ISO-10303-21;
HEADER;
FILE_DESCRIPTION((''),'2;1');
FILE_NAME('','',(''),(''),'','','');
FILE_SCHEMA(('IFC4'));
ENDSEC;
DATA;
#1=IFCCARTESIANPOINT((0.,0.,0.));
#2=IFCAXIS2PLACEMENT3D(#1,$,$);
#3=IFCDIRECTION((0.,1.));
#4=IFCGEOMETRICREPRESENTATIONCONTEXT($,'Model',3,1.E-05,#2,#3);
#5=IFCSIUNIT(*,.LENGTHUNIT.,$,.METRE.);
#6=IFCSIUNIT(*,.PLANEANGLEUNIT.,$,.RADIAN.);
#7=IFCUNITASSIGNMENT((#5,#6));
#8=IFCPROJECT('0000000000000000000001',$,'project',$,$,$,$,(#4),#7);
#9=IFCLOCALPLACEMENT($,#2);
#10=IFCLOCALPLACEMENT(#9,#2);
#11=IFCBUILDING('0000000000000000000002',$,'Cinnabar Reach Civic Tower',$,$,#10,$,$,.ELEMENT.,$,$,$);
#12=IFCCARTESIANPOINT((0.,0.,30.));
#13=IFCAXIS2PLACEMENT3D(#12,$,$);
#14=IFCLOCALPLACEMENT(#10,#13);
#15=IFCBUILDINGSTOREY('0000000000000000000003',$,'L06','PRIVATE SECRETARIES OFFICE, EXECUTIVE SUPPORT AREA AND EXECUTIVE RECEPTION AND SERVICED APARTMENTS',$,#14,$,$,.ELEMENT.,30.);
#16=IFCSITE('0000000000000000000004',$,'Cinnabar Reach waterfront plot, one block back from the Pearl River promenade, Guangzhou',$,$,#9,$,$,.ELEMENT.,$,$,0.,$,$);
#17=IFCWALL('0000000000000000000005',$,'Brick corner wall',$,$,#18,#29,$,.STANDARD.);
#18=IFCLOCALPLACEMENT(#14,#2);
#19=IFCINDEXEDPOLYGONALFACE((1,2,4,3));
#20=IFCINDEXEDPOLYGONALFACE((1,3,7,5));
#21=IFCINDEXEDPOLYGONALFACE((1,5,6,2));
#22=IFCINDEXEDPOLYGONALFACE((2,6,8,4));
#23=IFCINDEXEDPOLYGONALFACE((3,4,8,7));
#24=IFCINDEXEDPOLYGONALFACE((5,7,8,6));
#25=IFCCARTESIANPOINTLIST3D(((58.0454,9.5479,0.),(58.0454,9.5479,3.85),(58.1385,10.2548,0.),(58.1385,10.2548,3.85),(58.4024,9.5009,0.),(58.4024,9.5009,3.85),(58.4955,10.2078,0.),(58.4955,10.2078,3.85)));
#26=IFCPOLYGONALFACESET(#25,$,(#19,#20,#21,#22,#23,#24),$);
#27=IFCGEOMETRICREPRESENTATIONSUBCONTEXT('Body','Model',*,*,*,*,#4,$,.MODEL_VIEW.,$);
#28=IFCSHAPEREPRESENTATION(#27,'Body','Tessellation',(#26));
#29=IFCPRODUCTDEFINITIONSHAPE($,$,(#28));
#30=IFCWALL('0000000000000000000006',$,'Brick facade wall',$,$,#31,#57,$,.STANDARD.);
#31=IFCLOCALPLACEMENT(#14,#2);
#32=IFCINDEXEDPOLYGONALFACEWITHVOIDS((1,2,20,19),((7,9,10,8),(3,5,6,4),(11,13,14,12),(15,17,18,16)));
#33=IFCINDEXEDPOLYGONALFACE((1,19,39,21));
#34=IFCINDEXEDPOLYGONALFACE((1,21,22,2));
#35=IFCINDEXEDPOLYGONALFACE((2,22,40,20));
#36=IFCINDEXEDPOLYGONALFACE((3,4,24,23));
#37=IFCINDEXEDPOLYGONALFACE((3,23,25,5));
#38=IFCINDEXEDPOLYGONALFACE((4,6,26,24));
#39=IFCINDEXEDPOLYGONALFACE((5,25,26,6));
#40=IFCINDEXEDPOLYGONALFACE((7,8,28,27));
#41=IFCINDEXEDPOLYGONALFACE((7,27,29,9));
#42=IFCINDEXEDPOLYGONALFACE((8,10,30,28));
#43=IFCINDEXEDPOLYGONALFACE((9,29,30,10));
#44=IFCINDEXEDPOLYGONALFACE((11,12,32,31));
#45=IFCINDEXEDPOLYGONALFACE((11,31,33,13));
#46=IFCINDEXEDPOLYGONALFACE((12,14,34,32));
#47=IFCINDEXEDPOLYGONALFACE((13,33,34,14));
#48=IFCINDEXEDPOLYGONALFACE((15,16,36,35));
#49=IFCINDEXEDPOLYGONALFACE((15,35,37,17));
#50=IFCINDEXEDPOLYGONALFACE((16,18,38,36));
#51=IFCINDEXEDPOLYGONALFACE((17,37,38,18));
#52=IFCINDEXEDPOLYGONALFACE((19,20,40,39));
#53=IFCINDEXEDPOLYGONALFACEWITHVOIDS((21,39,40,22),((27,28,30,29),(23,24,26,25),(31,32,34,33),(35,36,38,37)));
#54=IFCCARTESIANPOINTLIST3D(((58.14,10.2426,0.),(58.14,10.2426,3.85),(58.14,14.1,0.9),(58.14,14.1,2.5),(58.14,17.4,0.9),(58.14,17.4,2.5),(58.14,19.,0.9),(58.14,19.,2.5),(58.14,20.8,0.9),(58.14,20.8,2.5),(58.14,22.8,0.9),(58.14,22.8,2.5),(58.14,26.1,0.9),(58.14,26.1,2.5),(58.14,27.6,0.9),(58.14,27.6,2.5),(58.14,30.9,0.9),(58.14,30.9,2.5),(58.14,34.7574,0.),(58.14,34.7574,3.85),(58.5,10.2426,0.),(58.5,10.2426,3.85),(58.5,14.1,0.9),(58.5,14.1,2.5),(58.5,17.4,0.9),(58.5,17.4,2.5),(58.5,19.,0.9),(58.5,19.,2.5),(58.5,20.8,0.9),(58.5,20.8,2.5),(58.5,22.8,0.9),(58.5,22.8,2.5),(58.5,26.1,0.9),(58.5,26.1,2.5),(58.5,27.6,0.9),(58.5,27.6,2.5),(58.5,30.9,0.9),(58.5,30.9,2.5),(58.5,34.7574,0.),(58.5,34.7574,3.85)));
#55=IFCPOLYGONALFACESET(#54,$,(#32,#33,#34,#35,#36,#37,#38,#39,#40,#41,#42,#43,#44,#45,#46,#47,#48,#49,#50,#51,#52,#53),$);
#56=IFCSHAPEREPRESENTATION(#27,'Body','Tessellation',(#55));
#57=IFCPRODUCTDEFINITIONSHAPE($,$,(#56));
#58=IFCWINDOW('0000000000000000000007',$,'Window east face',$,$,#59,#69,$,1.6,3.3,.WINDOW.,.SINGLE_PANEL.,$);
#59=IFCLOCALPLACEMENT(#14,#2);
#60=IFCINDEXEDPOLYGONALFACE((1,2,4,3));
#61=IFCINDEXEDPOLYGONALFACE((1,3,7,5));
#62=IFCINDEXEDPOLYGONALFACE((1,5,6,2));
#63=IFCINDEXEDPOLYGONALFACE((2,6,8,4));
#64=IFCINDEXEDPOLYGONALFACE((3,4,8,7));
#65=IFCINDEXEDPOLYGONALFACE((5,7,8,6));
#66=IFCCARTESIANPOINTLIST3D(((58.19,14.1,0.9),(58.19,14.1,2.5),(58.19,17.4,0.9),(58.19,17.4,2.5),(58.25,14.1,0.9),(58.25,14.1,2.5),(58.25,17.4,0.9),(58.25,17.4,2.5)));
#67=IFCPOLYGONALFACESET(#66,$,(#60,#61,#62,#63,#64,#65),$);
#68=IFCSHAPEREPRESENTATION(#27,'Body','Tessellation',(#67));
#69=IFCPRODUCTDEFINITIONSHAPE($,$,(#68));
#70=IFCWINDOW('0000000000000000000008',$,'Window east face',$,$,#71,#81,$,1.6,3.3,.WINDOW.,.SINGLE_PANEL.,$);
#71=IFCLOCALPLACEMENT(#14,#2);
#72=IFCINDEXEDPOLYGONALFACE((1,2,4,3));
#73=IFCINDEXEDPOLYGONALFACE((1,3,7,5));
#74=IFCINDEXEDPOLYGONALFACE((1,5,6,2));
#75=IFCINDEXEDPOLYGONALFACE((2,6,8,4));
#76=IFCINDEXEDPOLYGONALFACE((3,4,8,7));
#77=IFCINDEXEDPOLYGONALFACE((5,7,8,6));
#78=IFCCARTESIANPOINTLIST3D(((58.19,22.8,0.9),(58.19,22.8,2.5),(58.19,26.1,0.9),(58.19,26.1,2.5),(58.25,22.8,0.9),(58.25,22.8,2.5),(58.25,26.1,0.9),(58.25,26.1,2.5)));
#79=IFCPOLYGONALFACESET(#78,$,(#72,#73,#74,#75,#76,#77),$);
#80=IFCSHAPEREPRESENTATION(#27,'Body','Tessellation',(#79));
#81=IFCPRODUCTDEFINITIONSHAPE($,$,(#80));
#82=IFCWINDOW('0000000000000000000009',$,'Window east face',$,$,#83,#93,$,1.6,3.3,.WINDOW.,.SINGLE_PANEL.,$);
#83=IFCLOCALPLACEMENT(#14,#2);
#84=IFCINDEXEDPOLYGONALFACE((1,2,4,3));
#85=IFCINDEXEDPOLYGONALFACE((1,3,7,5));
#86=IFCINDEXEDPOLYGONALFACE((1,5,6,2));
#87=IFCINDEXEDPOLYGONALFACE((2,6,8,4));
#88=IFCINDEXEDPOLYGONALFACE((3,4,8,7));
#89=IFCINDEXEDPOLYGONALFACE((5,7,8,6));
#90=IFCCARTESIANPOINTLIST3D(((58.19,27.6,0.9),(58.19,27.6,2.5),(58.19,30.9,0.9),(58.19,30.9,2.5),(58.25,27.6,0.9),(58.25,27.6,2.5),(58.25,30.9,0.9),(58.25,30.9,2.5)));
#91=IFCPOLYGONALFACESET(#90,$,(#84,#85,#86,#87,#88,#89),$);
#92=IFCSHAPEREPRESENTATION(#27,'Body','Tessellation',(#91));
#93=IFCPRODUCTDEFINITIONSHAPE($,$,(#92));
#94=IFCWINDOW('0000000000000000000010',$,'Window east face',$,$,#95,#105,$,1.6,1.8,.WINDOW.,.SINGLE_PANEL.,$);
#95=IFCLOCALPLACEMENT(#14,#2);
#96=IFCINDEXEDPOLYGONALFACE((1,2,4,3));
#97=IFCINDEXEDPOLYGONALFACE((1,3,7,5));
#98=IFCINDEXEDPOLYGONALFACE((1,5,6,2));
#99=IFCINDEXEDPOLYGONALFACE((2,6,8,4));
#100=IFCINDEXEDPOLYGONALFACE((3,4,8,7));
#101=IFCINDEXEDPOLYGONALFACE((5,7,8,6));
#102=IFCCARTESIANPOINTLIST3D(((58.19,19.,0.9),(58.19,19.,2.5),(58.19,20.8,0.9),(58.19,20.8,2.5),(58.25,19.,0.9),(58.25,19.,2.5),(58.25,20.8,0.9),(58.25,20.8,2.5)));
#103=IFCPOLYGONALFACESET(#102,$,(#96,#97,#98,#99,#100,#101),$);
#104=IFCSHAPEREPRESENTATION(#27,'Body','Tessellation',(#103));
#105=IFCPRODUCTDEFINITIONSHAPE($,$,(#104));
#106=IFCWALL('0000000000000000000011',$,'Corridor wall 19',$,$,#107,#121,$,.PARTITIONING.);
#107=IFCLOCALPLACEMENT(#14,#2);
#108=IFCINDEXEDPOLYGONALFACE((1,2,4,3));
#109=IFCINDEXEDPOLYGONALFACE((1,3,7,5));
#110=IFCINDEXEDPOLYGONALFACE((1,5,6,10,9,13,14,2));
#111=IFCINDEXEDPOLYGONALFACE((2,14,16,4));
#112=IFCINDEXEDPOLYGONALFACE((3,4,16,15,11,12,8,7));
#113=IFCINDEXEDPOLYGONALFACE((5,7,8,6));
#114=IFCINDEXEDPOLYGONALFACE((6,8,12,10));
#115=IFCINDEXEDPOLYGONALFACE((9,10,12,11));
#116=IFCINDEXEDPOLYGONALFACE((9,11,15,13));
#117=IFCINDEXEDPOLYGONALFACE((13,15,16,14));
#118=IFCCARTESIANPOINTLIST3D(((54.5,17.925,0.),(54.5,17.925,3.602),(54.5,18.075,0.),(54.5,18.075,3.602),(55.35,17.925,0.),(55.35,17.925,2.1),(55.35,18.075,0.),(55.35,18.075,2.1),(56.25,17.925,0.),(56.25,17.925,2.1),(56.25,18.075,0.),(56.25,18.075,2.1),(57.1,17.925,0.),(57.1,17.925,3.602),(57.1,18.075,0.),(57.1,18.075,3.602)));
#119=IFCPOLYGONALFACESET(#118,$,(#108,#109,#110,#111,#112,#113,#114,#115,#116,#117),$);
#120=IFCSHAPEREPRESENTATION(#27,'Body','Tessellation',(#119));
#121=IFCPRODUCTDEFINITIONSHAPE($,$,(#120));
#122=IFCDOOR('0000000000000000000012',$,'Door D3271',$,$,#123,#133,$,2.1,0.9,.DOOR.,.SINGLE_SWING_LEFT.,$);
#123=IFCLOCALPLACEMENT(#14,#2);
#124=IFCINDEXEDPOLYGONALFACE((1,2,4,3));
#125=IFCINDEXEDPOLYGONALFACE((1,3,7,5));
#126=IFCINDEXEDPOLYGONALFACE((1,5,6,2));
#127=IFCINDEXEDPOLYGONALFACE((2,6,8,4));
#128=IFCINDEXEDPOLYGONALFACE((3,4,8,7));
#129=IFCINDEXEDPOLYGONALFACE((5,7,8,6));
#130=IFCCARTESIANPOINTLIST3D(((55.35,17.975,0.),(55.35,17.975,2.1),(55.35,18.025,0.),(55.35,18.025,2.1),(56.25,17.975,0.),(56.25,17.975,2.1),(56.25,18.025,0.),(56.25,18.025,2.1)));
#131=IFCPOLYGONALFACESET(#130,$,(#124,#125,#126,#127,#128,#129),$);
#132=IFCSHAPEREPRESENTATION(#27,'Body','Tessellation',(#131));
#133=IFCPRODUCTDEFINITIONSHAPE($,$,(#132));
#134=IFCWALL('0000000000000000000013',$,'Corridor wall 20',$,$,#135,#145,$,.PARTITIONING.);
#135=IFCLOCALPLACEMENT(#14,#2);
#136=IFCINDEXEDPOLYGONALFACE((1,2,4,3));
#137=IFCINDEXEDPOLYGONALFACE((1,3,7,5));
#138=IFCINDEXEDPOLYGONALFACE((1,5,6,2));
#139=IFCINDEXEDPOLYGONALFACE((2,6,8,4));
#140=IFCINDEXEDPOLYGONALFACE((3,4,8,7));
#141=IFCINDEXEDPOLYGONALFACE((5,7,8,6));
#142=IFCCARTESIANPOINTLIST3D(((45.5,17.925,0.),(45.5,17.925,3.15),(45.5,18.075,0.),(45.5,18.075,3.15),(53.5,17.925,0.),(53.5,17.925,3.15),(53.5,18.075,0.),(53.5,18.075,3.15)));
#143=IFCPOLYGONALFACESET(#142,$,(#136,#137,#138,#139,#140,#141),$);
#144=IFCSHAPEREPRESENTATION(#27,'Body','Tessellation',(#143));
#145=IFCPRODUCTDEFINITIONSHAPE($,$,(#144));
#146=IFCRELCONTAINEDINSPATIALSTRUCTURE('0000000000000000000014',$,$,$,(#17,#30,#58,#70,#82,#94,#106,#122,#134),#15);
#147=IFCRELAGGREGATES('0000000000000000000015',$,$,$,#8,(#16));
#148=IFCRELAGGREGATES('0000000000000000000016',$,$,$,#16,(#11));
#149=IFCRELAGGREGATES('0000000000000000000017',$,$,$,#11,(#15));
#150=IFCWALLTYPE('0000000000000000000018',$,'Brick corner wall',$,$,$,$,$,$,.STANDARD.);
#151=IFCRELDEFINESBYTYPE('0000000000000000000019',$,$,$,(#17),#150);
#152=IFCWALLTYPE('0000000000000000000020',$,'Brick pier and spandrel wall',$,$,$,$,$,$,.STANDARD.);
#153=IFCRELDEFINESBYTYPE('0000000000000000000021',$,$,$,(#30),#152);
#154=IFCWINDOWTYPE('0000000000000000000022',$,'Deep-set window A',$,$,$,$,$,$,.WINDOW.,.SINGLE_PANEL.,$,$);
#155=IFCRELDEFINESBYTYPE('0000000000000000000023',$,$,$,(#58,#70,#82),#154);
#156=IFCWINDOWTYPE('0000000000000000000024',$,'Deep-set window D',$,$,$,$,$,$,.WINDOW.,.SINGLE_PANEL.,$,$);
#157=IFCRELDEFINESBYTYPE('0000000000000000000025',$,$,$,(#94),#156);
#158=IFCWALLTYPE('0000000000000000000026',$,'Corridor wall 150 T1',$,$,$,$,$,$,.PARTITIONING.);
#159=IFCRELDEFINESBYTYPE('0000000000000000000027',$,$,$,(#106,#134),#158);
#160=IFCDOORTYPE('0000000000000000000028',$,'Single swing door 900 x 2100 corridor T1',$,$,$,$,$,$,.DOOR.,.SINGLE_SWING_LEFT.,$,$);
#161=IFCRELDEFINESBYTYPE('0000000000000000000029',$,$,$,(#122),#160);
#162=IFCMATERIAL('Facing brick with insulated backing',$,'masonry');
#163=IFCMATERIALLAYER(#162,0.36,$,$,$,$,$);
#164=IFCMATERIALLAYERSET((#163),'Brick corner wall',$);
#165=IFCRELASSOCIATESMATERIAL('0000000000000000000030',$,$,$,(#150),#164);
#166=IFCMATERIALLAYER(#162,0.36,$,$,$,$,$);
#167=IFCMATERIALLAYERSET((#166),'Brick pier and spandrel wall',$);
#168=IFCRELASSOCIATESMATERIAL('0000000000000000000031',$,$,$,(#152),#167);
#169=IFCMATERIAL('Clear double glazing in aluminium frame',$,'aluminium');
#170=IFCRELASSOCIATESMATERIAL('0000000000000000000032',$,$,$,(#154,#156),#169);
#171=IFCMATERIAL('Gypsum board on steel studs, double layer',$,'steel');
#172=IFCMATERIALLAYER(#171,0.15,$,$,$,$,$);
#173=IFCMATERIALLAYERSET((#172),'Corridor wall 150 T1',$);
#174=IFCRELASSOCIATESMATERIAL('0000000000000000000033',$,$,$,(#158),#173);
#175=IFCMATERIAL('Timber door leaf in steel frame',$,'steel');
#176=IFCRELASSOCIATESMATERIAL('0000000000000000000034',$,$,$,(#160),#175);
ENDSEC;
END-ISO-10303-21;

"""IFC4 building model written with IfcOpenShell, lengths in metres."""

from ifc_helpers import new_model, si_unit, direction, frame, frame_2d, origin, place, context, subcontext, project, spatial, rectangle, extrude, material, layer, layer_set, type_object, element, fill, save


model = new_model("IFC4")

# Units and contexts
model_context = context("Model", 3, precision=1e-05, world=origin(), true_north=direction((0.0, 1.0)))
body_context = subcontext(model_context, "Body", "Model", "MODEL_VIEW")
ifc_project = project(units=[si_unit("LENGTHUNIT", "METRE"), si_unit("PLANEANGLEUNIT", "RADIAN")], contexts=[model_context])

# Site, building, storey
site_placement = place(None, origin())
site = spatial("IfcSite", under=ifc_project, at=site_placement, Name="Cinnabar Reach waterfront plot, one block back from the Pearl River promenade, Guangzhou", CompositionType="ELEMENT", RefElevation=0.0)
building_placement = place(site_placement, origin())
building = spatial("IfcBuilding", under=site, at=building_placement, Name="Cinnabar Reach Civic Tower", CompositionType="ELEMENT")
storey_placement = place(building_placement, frame((0.0, 0.0, 30.0)))
storey = spatial("IfcBuildingStorey", under=building, at=storey_placement, Name="L06", Description="PRIVATE SECRETARIES OFFICE, EXECUTIVE SUPPORT AREA AND EXECUTIVE RECEPTION AND SERVICED APARTMENTS", CompositionType="ELEMENT", Elevation=30.0)

# Wall
ifc_material_1 = material(Name="Facing brick with insulated backing", Category="masonry")
ifc_layer_1 = layer(ifc_material_1, 0.36)
ifc_layer_set_1 = layer_set([ifc_layer_1], Name="Brick corner wall")
wall_type_1 = type_object("IfcWallType", Name="Brick corner wall", PredefinedType="STANDARD", material=ifc_layer_set_1)
wall_1_placement = place(storey_placement, frame((58.2239, 9.5244, 0.0), z_axis=(0.0, 0.0, 1.0), x_axis=(0.130556, 0.991441, 0.0)))
element("IfcWall", 1, at=wall_1_placement, inside=storey, type_object=wall_type_1, Name="Brick corner wall", PredefinedType="STANDARD", context=body_context, shape_type="SweptSolid", body=[
    extrude(rectangle(XDim=0.7131, YDim=0.36, at=frame_2d((0.3565, 0.0))), origin(), (0.0, 0.0, 1.0), 3.85),
])

# Wall, openings, windows
ifc_layer_2 = layer(ifc_material_1, 0.36)
ifc_layer_set_2 = layer_set([ifc_layer_2], Name="Brick pier and spandrel wall")
wall_type_2 = type_object("IfcWallType", Name="Brick pier and spandrel wall", PredefinedType="STANDARD", material=ifc_layer_set_2)
wall_2_placement = place(storey_placement, frame((58.32, 10.2426, 0.0), z_axis=(0.0, 0.0, 1.0), x_axis=(0.0, 1.0, 0.0)))
wall_2 = element("IfcWall", 2, at=wall_2_placement, inside=storey, type_object=wall_type_2, Name="Brick facade wall", PredefinedType="STANDARD", context=body_context, shape_type="SweptSolid", body=[
    extrude(rectangle(XDim=24.5148, YDim=0.36, at=frame_2d((12.2574, 0.0))), origin(), (0.0, 0.0, 1.0), 3.85),
])
opening_1_placement = place(wall_2_placement, frame((3.8574, 0.0, 0.9)))
opening_1 = element("IfcOpeningElement", 3, at=opening_1_placement, cuts=wall_2, PredefinedType="OPENING", context=body_context, shape_type="SweptSolid", body=[
    extrude(rectangle(XDim=3.3, YDim=1.6, at=frame_2d((1.65, 0.8))), frame((0.0, 0.19, 0.0), z_axis=(0.0, -1.0, 0.0), x_axis=(1.0, 0.0, 0.0)), (0.0, 0.0, 1.0), 0.38),
])
opening_2_placement = place(wall_2_placement, frame((8.7574, 0.0, 0.9)))
opening_2 = element("IfcOpeningElement", 4, at=opening_2_placement, cuts=wall_2, PredefinedType="OPENING", context=body_context, shape_type="SweptSolid", body=[
    extrude(rectangle(XDim=1.8, YDim=1.6, at=frame_2d((0.9, 0.8))), frame((0.0, 0.19, 0.0), z_axis=(0.0, -1.0, 0.0), x_axis=(1.0, 0.0, 0.0)), (0.0, 0.0, 1.0), 0.38),
])
opening_3_placement = place(wall_2_placement, frame((12.5574, 0.0, 0.9)))
opening_3 = element("IfcOpeningElement", 5, at=opening_3_placement, cuts=wall_2, PredefinedType="OPENING", context=body_context, shape_type="SweptSolid", body=[
    extrude(rectangle(XDim=3.3, YDim=1.6, at=frame_2d((1.65, 0.8))), frame((0.0, 0.19, 0.0), z_axis=(0.0, -1.0, 0.0), x_axis=(1.0, 0.0, 0.0)), (0.0, 0.0, 1.0), 0.38),
])
opening_4_placement = place(wall_2_placement, frame((17.3574, 0.0, 0.9)))
opening_4 = element("IfcOpeningElement", 6, at=opening_4_placement, cuts=wall_2, PredefinedType="OPENING", context=body_context, shape_type="SweptSolid", body=[
    extrude(rectangle(XDim=3.3, YDim=1.6, at=frame_2d((1.65, 0.8))), frame((0.0, 0.19, 0.0), z_axis=(0.0, -1.0, 0.0), x_axis=(1.0, 0.0, 0.0)), (0.0, 0.0, 1.0), 0.38),
])
ifc_material_2 = material(Name="Clear double glazing in aluminium frame", Category="aluminium")
window_type_1 = type_object("IfcWindowType", Name="Deep-set window A", PartitioningType="SINGLE_PANEL", PredefinedType="WINDOW", material=ifc_material_2)
window_1_placement = place(opening_1_placement, origin())
window_1 = element("IfcWindow", 7, at=window_1_placement, inside=storey, type_object=window_type_1, Name="Window east face", OverallHeight=1.6, OverallWidth=3.3, PartitioningType="SINGLE_PANEL", PredefinedType="WINDOW", context=body_context, shape_type="SweptSolid", body=[
    extrude(rectangle(XDim=3.3, YDim=1.6, at=frame_2d((1.65, 0.8))), frame((0.0, 0.13, 0.0), z_axis=(0.0, -1.0, 0.0), x_axis=(1.0, 0.0, 0.0)), (0.0, 0.0, 1.0), 0.06),
])
fill(opening_1, window_1)
window_2_placement = place(opening_3_placement, origin())
window_2 = element("IfcWindow", 8, at=window_2_placement, inside=storey, type_object=window_type_1, Name="Window east face", OverallHeight=1.6, OverallWidth=3.3, PartitioningType="SINGLE_PANEL", PredefinedType="WINDOW", context=body_context, shape_type="SweptSolid", body=[
    extrude(rectangle(XDim=3.3, YDim=1.6, at=frame_2d((1.65, 0.8))), frame((0.0, 0.13, 0.0), z_axis=(0.0, -1.0, 0.0), x_axis=(1.0, 0.0, 0.0)), (0.0, 0.0, 1.0), 0.06),
])
fill(opening_3, window_2)
window_3_placement = place(opening_4_placement, origin())
window_3 = element("IfcWindow", 9, at=window_3_placement, inside=storey, type_object=window_type_1, Name="Window east face", OverallHeight=1.6, OverallWidth=3.3, PartitioningType="SINGLE_PANEL", PredefinedType="WINDOW", context=body_context, shape_type="SweptSolid", body=[
    extrude(rectangle(XDim=3.3, YDim=1.6, at=frame_2d((1.65, 0.8))), frame((0.0, 0.13, 0.0), z_axis=(0.0, -1.0, 0.0), x_axis=(1.0, 0.0, 0.0)), (0.0, 0.0, 1.0), 0.06),
])
fill(opening_4, window_3)
window_type_2 = type_object("IfcWindowType", Name="Deep-set window D", PartitioningType="SINGLE_PANEL", PredefinedType="WINDOW", material=ifc_material_2)
window_4_placement = place(opening_2_placement, origin())
window_4 = element("IfcWindow", 10, at=window_4_placement, inside=storey, type_object=window_type_2, Name="Window east face", OverallHeight=1.6, OverallWidth=1.8, PartitioningType="SINGLE_PANEL", PredefinedType="WINDOW", context=body_context, shape_type="SweptSolid", body=[
    extrude(rectangle(XDim=1.8, YDim=1.6, at=frame_2d((0.9, 0.8))), frame((0.0, 0.13, 0.0), z_axis=(0.0, -1.0, 0.0), x_axis=(1.0, 0.0, 0.0)), (0.0, 0.0, 1.0), 0.06),
])
fill(opening_2, window_4)

# Wall, opening, door
ifc_material_3 = material(Name="Gypsum board on steel studs, double layer", Category="steel")
ifc_layer_3 = layer(ifc_material_3, 0.15)
ifc_layer_set_3 = layer_set([ifc_layer_3], Name="Corridor wall 150 T1")
wall_type_3 = type_object("IfcWallType", Name="Corridor wall 150 T1", PredefinedType="PARTITIONING", material=ifc_layer_set_3)
wall_3_placement = place(storey_placement, frame((54.5, 18.0, 0.0), z_axis=(0.0, 0.0, 1.0), x_axis=(1.0, 0.0, 0.0)))
wall_3 = element("IfcWall", 11, at=wall_3_placement, inside=storey, type_object=wall_type_3, Name="Corridor wall 19", PredefinedType="PARTITIONING", context=body_context, shape_type="SweptSolid", body=[
    extrude(rectangle(XDim=2.6, YDim=0.15, at=frame_2d((1.3, 0.0))), origin(), (0.0, 0.0, 1.0), 3.602),
])
opening_5_placement = place(wall_3_placement, frame((0.85, 0.0, 0.0)))
opening_5 = element("IfcOpeningElement", 12, at=opening_5_placement, cuts=wall_3, PredefinedType="OPENING", context=body_context, shape_type="SweptSolid", body=[
    extrude(rectangle(XDim=0.9, YDim=2.1, at=frame_2d((0.45, 1.05))), frame((0.0, 0.085, 0.0), z_axis=(0.0, -1.0, 0.0), x_axis=(1.0, 0.0, 0.0)), (0.0, 0.0, 1.0), 0.17),
])
ifc_material_4 = material(Name="Timber door leaf in steel frame", Category="steel")
door_type = type_object("IfcDoorType", Name="Single swing door 900 x 2100 corridor T1", OperationType="SINGLE_SWING_LEFT", PredefinedType="DOOR", material=ifc_material_4)
door_placement = place(opening_5_placement, frame((0.9, 0.0, 0.0), z_axis=(0.0, 0.0, 1.0), x_axis=(-1.0, 0.0, 0.0)))
door = element("IfcDoor", 13, at=door_placement, inside=storey, type_object=door_type, Name="Door D3271", OperationType="SINGLE_SWING_LEFT", OverallHeight=2.1, OverallWidth=0.9, PredefinedType="DOOR", context=body_context, shape_type="SweptSolid", body=[
    extrude(rectangle(XDim=0.9, YDim=2.1, at=frame_2d((0.45, 1.05))), frame((0.0, 0.025, 0.0), z_axis=(0.0, -1.0, 0.0), x_axis=(1.0, 0.0, 0.0)), (0.0, 0.0, 1.0), 0.05),
])
fill(opening_5, door)

# Wall
wall_4_placement = place(storey_placement, frame((45.5, 18.0, 0.0), z_axis=(0.0, 0.0, 1.0), x_axis=(1.0, 0.0, 0.0)))
element("IfcWall", 14, at=wall_4_placement, inside=storey, type_object=wall_type_3, Name="Corridor wall 20", PredefinedType="PARTITIONING", context=body_context, shape_type="SweptSolid", body=[
    extrude(rectangle(XDim=8.0, YDim=0.15, at=frame_2d((4.0, 0.0))), origin(), (0.0, 0.0, 1.0), 3.15),
])

save(model, "model.ifc")
